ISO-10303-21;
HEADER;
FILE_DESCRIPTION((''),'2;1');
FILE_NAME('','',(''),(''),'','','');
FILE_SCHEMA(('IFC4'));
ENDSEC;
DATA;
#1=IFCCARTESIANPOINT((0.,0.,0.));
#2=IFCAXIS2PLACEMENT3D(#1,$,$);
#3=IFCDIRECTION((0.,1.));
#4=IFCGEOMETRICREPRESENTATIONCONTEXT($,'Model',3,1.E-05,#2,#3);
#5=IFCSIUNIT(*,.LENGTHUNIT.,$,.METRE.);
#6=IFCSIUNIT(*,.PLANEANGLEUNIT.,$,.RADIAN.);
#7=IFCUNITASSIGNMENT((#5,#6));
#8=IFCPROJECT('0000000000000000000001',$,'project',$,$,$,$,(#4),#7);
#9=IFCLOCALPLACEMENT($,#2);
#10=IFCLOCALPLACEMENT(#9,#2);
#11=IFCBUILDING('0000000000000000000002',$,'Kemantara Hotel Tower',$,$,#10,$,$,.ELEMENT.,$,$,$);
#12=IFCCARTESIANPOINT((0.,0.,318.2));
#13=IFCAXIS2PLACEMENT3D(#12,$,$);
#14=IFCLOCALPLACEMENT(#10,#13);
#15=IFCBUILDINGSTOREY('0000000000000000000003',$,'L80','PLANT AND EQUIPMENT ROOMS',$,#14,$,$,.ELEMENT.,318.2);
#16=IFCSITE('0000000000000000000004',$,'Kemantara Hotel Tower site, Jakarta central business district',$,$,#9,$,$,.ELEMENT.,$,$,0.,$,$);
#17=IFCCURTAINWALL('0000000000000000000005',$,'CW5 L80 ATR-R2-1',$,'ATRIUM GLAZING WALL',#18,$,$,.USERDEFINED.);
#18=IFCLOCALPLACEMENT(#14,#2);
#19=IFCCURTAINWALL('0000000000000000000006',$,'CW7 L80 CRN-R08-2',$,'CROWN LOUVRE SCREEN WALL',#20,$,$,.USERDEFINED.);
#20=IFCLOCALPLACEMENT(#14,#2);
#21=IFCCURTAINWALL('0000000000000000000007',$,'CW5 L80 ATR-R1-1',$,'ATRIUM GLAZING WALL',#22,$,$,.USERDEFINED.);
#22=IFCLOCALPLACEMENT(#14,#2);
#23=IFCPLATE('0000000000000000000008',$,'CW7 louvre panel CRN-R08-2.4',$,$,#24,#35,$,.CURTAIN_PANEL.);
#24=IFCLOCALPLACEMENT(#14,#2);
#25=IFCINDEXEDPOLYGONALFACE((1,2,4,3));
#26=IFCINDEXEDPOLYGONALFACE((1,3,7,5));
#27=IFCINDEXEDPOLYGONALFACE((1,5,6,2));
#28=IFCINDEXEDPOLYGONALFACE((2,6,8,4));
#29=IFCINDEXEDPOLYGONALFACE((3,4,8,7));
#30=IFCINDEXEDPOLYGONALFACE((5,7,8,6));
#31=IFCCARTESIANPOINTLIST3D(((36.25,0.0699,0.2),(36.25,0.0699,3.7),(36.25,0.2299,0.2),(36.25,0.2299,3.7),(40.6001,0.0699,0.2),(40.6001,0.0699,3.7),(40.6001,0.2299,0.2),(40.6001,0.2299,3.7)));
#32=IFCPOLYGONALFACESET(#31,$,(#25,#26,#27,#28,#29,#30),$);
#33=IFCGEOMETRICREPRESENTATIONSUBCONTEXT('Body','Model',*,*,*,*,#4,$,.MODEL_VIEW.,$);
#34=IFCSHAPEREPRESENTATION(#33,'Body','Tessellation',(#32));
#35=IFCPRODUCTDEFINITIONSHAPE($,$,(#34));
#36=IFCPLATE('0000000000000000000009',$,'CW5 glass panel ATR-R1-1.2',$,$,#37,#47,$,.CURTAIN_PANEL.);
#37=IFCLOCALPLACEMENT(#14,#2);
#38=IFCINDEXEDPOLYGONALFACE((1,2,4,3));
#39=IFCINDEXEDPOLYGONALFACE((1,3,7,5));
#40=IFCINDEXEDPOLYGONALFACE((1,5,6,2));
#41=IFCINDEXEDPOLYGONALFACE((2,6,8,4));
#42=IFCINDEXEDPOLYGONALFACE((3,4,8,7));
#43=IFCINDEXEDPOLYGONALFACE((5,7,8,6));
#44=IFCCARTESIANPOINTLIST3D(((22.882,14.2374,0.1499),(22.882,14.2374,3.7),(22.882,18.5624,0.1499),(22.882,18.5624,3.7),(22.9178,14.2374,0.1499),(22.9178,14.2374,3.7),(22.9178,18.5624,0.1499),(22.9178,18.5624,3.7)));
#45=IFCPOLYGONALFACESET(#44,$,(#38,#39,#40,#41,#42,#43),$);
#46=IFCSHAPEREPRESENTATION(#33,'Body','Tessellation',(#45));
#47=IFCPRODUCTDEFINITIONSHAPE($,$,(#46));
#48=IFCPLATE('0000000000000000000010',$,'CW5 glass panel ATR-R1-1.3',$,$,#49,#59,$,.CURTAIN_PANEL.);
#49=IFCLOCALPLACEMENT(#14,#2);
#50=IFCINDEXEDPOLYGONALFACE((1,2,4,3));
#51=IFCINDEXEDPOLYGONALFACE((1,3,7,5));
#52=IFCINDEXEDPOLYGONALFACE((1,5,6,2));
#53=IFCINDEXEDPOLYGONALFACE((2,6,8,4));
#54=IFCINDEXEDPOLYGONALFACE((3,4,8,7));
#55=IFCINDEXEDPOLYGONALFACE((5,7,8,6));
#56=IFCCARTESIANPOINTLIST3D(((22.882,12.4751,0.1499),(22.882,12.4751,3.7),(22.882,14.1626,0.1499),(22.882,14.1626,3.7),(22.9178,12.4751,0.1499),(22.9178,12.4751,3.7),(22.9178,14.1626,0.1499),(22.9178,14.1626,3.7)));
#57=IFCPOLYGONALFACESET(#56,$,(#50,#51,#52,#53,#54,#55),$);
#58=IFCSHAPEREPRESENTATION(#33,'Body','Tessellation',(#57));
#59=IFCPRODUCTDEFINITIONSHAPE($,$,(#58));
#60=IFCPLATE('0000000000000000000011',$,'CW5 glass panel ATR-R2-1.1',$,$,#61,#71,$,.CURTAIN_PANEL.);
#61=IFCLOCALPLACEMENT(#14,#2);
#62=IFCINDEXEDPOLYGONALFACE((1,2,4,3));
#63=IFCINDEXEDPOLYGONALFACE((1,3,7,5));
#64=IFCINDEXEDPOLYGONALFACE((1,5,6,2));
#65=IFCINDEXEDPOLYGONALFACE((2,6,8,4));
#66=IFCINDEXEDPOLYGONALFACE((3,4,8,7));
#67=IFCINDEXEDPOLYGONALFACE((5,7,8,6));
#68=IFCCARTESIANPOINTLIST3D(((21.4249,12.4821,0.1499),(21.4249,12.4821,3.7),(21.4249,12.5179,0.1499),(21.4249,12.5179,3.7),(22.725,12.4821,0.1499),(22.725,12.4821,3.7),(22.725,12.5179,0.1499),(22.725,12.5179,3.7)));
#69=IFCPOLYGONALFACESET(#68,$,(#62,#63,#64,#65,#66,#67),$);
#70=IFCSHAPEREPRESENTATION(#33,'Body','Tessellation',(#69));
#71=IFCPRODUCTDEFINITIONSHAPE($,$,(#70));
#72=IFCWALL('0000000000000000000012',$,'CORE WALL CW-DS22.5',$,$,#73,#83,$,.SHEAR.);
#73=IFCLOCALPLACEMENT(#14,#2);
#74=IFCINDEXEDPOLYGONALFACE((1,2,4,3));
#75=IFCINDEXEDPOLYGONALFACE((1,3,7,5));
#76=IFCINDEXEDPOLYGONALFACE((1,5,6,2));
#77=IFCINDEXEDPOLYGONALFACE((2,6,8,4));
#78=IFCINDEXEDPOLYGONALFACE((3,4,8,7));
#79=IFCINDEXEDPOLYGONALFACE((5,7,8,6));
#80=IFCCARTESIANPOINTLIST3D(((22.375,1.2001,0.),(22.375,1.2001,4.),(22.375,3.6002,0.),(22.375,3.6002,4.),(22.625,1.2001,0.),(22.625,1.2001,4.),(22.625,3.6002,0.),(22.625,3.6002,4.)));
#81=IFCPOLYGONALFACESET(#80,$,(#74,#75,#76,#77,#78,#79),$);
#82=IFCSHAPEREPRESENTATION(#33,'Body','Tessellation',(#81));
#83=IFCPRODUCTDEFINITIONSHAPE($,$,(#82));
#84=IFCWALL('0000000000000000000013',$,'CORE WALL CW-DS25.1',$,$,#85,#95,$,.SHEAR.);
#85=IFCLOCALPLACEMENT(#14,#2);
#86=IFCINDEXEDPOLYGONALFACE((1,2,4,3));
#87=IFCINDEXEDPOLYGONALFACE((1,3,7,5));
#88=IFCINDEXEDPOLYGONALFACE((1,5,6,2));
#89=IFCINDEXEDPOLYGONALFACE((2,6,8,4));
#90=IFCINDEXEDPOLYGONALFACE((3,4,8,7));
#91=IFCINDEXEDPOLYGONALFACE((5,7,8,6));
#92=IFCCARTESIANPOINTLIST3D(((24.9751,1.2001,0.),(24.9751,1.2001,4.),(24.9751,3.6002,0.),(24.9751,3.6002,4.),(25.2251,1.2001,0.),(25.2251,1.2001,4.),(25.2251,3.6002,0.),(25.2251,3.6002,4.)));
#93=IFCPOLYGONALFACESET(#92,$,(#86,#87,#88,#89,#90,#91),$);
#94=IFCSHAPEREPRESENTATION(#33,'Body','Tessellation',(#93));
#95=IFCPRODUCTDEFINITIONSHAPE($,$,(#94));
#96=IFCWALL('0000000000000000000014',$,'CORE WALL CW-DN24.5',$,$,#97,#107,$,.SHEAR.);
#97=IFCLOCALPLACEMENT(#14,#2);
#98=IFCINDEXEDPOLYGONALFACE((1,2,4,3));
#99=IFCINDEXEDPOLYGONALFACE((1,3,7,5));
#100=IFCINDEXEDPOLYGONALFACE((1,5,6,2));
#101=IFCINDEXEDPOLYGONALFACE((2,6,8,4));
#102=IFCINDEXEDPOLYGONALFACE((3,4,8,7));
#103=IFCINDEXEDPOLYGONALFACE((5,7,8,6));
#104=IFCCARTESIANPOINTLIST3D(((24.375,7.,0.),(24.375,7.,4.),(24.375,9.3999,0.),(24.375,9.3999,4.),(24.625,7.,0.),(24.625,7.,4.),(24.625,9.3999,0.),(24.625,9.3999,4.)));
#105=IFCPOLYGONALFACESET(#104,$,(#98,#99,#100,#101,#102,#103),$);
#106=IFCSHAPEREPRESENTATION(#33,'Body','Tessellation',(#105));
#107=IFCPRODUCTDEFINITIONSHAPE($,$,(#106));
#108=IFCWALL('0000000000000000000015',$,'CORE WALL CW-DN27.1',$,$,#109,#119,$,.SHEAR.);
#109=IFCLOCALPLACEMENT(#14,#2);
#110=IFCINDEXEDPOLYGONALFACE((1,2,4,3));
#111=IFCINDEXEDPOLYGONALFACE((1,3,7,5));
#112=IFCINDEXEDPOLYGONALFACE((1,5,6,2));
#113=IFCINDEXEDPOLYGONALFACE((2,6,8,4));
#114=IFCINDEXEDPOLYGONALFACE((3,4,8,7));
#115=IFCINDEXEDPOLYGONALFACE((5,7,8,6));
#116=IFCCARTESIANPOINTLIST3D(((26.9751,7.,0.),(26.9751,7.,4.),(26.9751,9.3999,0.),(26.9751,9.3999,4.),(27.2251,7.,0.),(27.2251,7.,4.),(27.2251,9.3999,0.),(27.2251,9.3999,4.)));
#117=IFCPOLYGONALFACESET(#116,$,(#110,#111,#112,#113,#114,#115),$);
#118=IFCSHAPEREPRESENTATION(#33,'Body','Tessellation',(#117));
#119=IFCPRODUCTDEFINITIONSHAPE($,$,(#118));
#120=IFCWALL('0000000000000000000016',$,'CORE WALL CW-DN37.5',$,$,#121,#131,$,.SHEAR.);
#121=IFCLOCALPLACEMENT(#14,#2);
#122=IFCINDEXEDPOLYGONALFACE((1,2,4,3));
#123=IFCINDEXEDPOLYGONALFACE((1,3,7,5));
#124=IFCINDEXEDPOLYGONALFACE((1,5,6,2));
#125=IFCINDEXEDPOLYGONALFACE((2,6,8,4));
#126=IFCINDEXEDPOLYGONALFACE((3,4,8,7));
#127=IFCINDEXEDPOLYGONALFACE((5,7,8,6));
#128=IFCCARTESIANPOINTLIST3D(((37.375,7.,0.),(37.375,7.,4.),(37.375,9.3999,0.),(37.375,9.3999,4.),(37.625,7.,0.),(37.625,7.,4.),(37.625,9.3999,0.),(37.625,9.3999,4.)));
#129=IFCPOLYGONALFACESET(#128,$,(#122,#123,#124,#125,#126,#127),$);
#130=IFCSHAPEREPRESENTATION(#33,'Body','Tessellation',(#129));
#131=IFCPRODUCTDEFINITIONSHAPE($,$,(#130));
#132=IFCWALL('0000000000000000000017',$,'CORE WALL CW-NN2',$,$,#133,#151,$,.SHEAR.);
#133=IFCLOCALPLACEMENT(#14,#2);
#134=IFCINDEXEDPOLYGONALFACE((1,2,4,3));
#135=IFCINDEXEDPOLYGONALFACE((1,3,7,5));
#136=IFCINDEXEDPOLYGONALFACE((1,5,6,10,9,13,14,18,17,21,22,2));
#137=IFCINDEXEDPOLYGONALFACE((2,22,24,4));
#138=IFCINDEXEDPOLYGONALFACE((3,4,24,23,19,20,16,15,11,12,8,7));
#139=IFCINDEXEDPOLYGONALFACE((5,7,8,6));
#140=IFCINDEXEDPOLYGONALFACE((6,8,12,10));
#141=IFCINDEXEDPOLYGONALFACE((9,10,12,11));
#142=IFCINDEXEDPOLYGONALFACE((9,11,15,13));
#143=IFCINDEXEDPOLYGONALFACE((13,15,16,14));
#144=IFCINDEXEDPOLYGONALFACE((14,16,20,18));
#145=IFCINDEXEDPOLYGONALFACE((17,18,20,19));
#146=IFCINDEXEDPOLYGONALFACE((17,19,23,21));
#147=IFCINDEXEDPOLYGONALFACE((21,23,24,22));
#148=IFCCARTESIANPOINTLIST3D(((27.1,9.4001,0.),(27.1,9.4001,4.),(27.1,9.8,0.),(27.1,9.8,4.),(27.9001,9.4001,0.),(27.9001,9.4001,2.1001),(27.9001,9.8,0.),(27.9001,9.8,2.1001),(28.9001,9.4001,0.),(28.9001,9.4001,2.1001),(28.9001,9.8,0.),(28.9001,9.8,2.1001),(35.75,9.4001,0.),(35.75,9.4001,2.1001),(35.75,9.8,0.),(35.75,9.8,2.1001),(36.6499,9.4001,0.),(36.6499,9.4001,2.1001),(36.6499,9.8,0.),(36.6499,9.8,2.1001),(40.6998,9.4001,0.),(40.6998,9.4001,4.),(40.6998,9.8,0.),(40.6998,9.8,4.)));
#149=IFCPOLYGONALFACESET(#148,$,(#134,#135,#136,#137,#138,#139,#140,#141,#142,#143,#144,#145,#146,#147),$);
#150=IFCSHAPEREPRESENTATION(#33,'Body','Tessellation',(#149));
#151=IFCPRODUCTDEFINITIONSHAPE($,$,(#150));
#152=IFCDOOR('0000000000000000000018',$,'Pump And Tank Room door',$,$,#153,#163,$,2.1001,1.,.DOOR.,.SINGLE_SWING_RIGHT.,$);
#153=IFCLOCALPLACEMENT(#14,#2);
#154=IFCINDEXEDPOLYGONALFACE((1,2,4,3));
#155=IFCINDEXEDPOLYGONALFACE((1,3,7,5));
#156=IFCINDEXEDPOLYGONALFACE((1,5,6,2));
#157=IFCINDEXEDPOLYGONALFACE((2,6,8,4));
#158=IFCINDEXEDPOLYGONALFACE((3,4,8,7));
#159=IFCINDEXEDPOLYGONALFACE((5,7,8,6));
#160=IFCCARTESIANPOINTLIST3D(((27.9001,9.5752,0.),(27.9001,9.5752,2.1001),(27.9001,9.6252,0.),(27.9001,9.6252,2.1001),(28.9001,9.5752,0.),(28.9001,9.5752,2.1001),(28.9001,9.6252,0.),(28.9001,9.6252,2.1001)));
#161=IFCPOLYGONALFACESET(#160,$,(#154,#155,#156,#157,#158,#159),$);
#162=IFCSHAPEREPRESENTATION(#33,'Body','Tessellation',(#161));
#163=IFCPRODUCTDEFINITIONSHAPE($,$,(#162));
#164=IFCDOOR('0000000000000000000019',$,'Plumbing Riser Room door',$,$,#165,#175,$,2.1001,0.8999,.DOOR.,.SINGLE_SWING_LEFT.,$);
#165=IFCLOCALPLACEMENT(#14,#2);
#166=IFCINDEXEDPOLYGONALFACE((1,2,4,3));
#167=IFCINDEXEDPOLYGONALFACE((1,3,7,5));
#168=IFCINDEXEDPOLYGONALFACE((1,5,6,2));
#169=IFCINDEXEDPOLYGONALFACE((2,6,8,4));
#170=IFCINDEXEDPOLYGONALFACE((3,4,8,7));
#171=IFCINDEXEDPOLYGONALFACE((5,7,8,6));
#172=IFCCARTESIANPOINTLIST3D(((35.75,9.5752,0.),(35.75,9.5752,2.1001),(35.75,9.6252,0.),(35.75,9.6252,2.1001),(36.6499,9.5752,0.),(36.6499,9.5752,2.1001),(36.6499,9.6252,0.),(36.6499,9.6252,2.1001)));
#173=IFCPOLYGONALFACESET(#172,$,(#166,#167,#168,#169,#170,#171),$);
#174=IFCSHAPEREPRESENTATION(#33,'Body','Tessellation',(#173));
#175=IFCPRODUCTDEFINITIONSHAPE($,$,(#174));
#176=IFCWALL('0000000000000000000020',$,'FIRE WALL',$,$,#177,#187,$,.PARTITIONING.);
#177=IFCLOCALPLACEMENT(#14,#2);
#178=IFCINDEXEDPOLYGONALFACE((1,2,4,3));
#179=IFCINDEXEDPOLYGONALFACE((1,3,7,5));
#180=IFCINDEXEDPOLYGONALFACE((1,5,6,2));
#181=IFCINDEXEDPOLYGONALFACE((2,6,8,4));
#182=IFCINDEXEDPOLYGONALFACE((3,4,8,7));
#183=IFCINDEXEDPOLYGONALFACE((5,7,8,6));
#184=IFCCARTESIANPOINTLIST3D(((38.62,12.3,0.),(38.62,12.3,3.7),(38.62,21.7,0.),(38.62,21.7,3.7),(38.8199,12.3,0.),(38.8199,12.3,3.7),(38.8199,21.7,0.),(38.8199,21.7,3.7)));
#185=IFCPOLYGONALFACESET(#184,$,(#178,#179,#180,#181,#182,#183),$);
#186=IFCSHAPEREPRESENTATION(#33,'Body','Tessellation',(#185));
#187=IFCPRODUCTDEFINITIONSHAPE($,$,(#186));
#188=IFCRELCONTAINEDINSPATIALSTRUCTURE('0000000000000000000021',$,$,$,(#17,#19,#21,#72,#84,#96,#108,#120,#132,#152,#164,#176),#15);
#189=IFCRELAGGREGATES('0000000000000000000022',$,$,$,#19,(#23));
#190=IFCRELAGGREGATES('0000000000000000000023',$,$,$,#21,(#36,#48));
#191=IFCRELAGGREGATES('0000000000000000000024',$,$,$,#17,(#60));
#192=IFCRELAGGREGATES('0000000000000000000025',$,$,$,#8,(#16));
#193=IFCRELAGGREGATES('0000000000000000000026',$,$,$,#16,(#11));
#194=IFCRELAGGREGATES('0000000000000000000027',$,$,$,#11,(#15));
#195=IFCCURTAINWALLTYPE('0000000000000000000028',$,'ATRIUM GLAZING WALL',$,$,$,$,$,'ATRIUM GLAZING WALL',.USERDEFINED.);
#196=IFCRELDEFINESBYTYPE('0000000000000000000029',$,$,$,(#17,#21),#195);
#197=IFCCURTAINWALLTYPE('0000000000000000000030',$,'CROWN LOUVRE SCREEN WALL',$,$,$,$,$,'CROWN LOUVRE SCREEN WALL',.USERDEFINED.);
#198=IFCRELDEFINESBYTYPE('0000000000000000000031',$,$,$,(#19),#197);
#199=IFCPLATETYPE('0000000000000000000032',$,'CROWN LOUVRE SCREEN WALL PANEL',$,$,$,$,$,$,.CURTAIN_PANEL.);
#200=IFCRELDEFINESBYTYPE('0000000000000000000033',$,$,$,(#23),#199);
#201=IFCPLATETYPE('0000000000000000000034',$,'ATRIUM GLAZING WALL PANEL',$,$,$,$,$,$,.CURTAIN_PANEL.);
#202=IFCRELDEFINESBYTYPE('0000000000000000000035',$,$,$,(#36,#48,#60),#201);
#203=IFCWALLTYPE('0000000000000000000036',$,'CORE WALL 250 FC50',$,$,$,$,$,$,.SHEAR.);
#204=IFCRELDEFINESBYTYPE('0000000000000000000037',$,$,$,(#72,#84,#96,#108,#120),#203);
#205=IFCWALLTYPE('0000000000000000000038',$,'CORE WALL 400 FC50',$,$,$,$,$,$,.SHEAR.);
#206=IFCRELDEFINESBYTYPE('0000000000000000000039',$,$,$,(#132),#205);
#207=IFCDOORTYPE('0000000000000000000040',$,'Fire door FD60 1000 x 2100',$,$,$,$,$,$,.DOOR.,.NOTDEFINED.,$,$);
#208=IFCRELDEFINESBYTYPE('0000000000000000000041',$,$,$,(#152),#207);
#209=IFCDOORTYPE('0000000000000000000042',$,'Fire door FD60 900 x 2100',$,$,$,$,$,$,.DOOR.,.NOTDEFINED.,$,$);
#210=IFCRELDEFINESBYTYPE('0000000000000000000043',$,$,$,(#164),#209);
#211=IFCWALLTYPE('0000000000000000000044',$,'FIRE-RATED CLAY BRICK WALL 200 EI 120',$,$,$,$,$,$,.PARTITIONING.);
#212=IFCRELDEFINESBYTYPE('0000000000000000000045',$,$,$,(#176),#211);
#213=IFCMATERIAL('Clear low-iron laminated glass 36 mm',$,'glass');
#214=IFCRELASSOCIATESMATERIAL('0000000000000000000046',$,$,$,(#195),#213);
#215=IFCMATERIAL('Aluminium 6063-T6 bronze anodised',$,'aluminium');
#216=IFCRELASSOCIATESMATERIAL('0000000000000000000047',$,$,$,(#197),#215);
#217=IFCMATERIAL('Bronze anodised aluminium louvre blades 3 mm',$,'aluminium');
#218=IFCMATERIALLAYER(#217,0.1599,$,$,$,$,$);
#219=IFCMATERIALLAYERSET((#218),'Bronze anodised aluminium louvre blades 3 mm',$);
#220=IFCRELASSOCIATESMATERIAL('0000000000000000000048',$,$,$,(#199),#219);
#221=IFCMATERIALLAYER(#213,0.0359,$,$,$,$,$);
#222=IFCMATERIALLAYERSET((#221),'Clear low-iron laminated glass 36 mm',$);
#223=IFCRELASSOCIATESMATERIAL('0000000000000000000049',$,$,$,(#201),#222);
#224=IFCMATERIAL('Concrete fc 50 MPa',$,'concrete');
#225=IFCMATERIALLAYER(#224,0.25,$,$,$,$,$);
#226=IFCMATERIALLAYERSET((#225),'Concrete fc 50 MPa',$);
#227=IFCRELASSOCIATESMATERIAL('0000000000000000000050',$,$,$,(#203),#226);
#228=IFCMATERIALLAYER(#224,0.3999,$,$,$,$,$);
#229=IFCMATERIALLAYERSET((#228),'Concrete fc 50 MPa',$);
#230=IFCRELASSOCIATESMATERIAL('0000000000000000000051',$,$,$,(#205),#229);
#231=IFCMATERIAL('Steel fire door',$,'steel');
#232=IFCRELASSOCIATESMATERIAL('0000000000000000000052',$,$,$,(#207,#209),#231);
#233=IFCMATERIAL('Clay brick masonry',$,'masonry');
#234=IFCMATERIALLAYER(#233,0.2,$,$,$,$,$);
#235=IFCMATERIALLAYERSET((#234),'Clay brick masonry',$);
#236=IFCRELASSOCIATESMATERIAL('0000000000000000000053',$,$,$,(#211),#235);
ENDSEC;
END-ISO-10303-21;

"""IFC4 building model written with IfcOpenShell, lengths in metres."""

from ifc_helpers import new_model, si_unit, direction, frame, frame_2d, origin, origin_2d, place, context, subcontext, project, spatial, rectangle, extrude, source, transform, mapped, material, layer, layer_set, type_object, element, fill, aggregate, save


model = new_model("IFC4")

# Units and contexts
model_context = context("Model", 3, precision=1e-05, world=origin(), true_north=direction((0.0, 1.0)))
body_context = subcontext(model_context, "Body", "Model", "MODEL_VIEW")
ifc_project = project(units=[si_unit("LENGTHUNIT", "METRE"), si_unit("PLANEANGLEUNIT", "RADIAN")], contexts=[model_context])

# Site, building, storey
site_placement = place(None, origin())
site = spatial("IfcSite", under=ifc_project, at=site_placement, Name="Kemantara Hotel Tower site, Jakarta central business district", CompositionType="ELEMENT", RefElevation=0.0)
building_placement = place(site_placement, origin())
building = spatial("IfcBuilding", under=site, at=building_placement, Name="Kemantara Hotel Tower", CompositionType="ELEMENT")
storey_placement = place(building_placement, frame((0.0, 0.0, 318.2)))
storey = spatial("IfcBuildingStorey", under=building, at=storey_placement, Name="L80", Description="PLANT AND EQUIPMENT ROOMS", CompositionType="ELEMENT", Elevation=318.2)

# Shared definitions
ifc_material_1 = material(Name="Concrete fc 50 MPa", Category="concrete")

# Curtain wall
ifc_material_2 = material(Name="Clear low-iron laminated glass 36 mm", Category="glass")
curtain_wall_type_1 = type_object("IfcCurtainWallType", Name="ATRIUM GLAZING WALL", ElementType="ATRIUM GLAZING WALL", PredefinedType="USERDEFINED", material=ifc_material_2)
curtain_wall_1_placement = place(storey_placement, origin())
curtain_wall_1 = element("IfcCurtainWall", 1, at=curtain_wall_1_placement, inside=storey, type_object=curtain_wall_type_1, Name="CW5 L80 ATR-R2-1", ObjectType="ATRIUM GLAZING WALL", PredefinedType="USERDEFINED")
ifc_material_3 = material(Name="Aluminium 6063-T6 bronze anodised", Category="aluminium")

# Curtain walls
curtain_wall_type_2 = type_object("IfcCurtainWallType", Name="CROWN LOUVRE SCREEN WALL", ElementType="CROWN LOUVRE SCREEN WALL", PredefinedType="USERDEFINED", material=ifc_material_3)
curtain_wall_2_placement = place(storey_placement, origin())
curtain_wall_2 = element("IfcCurtainWall", 2, at=curtain_wall_2_placement, inside=storey, type_object=curtain_wall_type_2, Name="CW7 L80 CRN-R08-2", ObjectType="CROWN LOUVRE SCREEN WALL", PredefinedType="USERDEFINED")
curtain_wall_3_placement = place(storey_placement, origin())
curtain_wall_3 = element("IfcCurtainWall", 3, at=curtain_wall_3_placement, inside=storey, type_object=curtain_wall_type_1, Name="CW5 L80 ATR-R1-1", ObjectType="ATRIUM GLAZING WALL", PredefinedType="USERDEFINED")

# Plates
ifc_material_4 = material(Name="Bronze anodised aluminium louvre blades 3 mm", Category="aluminium")
ifc_layer_1 = layer(ifc_material_4, 0.1599)
ifc_layer_set_1 = layer_set([ifc_layer_1], Name="Bronze anodised aluminium louvre blades 3 mm")
plate_type_1 = type_object("IfcPlateType", Name="CROWN LOUVRE SCREEN WALL PANEL", PredefinedType="CURTAIN_PANEL", material=ifc_layer_set_1)
shared_shape_1 = source(origin(), body_context, "Body", "SweptSolid", [
    extrude(rectangle(XDim=4.3501, YDim=0.1599, at=origin_2d()), origin(), (0.0, 0.0, 1.0), 3.5),
])
plate_1_placement = place(storey_placement, frame((38.425, 0.1499, 0.2), z_axis=(0.0, 0.0, 1.0), x_axis=(1.0, 0.0, 0.0)))
plate_1 = element("IfcPlate", 4, at=plate_1_placement, type_object=plate_type_1, Name="CW7 louvre panel CRN-R08-2.4", PredefinedType="CURTAIN_PANEL", context=body_context, shape_type="MappedRepresentation", body=[
    mapped(shared_shape_1, transform((0.0, 0.0, 0.0))),
])
aggregate(curtain_wall_2, [plate_1])
ifc_layer_2 = layer(ifc_material_2, 0.0359)
ifc_layer_set_2 = layer_set([ifc_layer_2], Name="Clear low-iron laminated glass 36 mm")
plate_type_2 = type_object("IfcPlateType", Name="ATRIUM GLAZING WALL PANEL", PredefinedType="CURTAIN_PANEL", material=ifc_layer_set_2)
shared_shape_2 = source(origin(), body_context, "Body", "SweptSolid", [
    extrude(rectangle(XDim=4.325, YDim=0.0359, at=origin_2d()), origin(), (0.0, 0.0, 1.0), 3.55),
])
plate_2_placement = place(storey_placement, frame((22.8999, 16.3999, 0.1499), z_axis=(0.0, 0.0, 1.0), x_axis=(0.0, -1.0, 0.0)))
plate_2 = element("IfcPlate", 5, at=plate_2_placement, type_object=plate_type_2, Name="CW5 glass panel ATR-R1-1.2", PredefinedType="CURTAIN_PANEL", context=body_context, shape_type="MappedRepresentation", body=[
    mapped(shared_shape_2, transform((0.0, 0.0, 0.0))),
])
shared_shape_3 = source(origin(), body_context, "Body", "SweptSolid", [
    extrude(rectangle(XDim=1.6875, YDim=0.0359, at=origin_2d()), origin(), (0.0, 0.0, 1.0), 3.55),
])
plate_3_placement = place(storey_placement, frame((22.8999, 13.3188, 0.1499), z_axis=(0.0, 0.0, 1.0), x_axis=(0.0, -1.0, 0.0)))
plate_3 = element("IfcPlate", 6, at=plate_3_placement, type_object=plate_type_2, Name="CW5 glass panel ATR-R1-1.3", PredefinedType="CURTAIN_PANEL", context=body_context, shape_type="MappedRepresentation", body=[
    mapped(shared_shape_3, transform((0.0, 0.0, 0.0))),
])
aggregate(curtain_wall_3, [plate_2, plate_3])
shared_shape_4 = source(origin(), body_context, "Body", "SweptSolid", [
    extrude(rectangle(XDim=1.3, YDim=0.0359, at=origin_2d()), origin(), (0.0, 0.0, 1.0), 3.55),
])
plate_4_placement = place(storey_placement, frame((22.075, 12.5, 0.1499), z_axis=(0.0, 0.0, 1.0), x_axis=(-1.0, 0.0, 0.0)))
plate_4 = element("IfcPlate", 7, at=plate_4_placement, type_object=plate_type_2, Name="CW5 glass panel ATR-R2-1.1", PredefinedType="CURTAIN_PANEL", context=body_context, shape_type="MappedRepresentation", body=[
    mapped(shared_shape_4, transform((0.0, 0.0, 0.0))),
])
aggregate(curtain_wall_1, [plate_4])

# Walls
ifc_layer_3 = layer(ifc_material_1, 0.25)
ifc_layer_set_3 = layer_set([ifc_layer_3], Name="Concrete fc 50 MPa")
wall_type_1 = type_object("IfcWallType", Name="CORE WALL 250 FC50", PredefinedType="SHEAR", material=ifc_layer_set_3)
for number, where, z_axis, x_axis, name in (
    (8, (22.5, 1.2, 0.0), (0.0, 0.0, 1.0), (0.0, 1.0, 0.0), "CORE WALL CW-DS22.5"),
    (9, (25.1001, 1.2, 0.0), (0.0, 0.0, 1.0), (0.0, 1.0, 0.0), "CORE WALL CW-DS25.1"),
):
    element("IfcWall", number, at=place(storey_placement, frame(where, z_axis=z_axis, x_axis=x_axis)), inside=storey, type_object=wall_type_1, Name=name, PredefinedType="SHEAR", context=body_context, shape_type="SweptSolid", body=[
        extrude(rectangle(XDim=2.4001, YDim=0.25, at=frame_2d((1.2002, 0.0))), origin(), (0.0, 0.0, 1.0), 4.0),
    ])
for number, where, z_axis, x_axis, name in (
    (10, (24.5, 7.0, 0.0), (0.0, 0.0, 1.0), (0.0, 1.0, 0.0), "CORE WALL CW-DN24.5"),
    (11, (27.1001, 7.0, 0.0), (0.0, 0.0, 1.0), (0.0, 1.0, 0.0), "CORE WALL CW-DN27.1"),
    (12, (37.5, 7.0, 0.0), (0.0, 0.0, 1.0), (0.0, 1.0, 0.0), "CORE WALL CW-DN37.5"),
):
    element("IfcWall", number, at=place(storey_placement, frame(where, z_axis=z_axis, x_axis=x_axis)), inside=storey, type_object=wall_type_1, Name=name, PredefinedType="SHEAR", context=body_context, shape_type="SweptSolid", body=[
        extrude(rectangle(XDim=2.3999, YDim=0.25, at=frame_2d((1.2, 0.0))), origin(), (0.0, 0.0, 1.0), 4.0),
    ])

# Wall, openings, doors
ifc_layer_4 = layer(ifc_material_1, 0.3999)
ifc_layer_set_4 = layer_set([ifc_layer_4], Name="Concrete fc 50 MPa")
wall_type_2 = type_object("IfcWallType", Name="CORE WALL 400 FC50", PredefinedType="SHEAR", material=ifc_layer_set_4)
wall_1_placement = place(storey_placement, frame((27.1001, 9.6001, 0.0), z_axis=(0.0, 0.0, 1.0), x_axis=(1.0, 0.0, 0.0)))
wall_1 = element("IfcWall", 13, at=wall_1_placement, inside=storey, type_object=wall_type_2, Name="CORE WALL CW-NN2", PredefinedType="SHEAR", context=body_context, shape_type="SweptSolid", body=[
    extrude(rectangle(XDim=13.5999, YDim=0.3999, at=frame_2d((6.7998, 0.0))), origin(), (0.0, 0.0, 1.0), 4.0),
])
opening_1_placement = place(wall_1_placement, frame((0.8, 0.0, 0.0)))
opening_1 = element("IfcOpeningElement", 14, at=opening_1_placement, cuts=wall_1, PredefinedType="OPENING", context=body_context, shape_type="SweptSolid", body=[
    extrude(rectangle(XDim=1.0, YDim=2.1001, at=frame_2d((0.5, 1.05))), frame((0.0, 0.21, 0.0), z_axis=(0.0, -1.0, 0.0), x_axis=(1.0, 0.0, 0.0)), (0.0, 0.0, 1.0), 0.4199),
])
opening_2_placement = place(wall_1_placement, frame((8.6499, 0.0, 0.0)))
opening_2 = element("IfcOpeningElement", 15, at=opening_2_placement, cuts=wall_1, PredefinedType="OPENING", context=body_context, shape_type="SweptSolid", body=[
    extrude(rectangle(XDim=0.8999, YDim=2.1001, at=frame_2d((0.45, 1.05))), frame((0.0, 0.21, 0.0), z_axis=(0.0, -1.0, 0.0), x_axis=(1.0, 0.0, 0.0)), (0.0, 0.0, 1.0), 0.4199),
])
ifc_material_5 = material(Name="Steel fire door", Category="steel")
door_type_1 = type_object("IfcDoorType", Name="Fire door FD60 1000 x 2100", OperationType="NOTDEFINED", PredefinedType="DOOR", material=ifc_material_5)
door_1_placement = place(opening_1_placement, frame((1.0, 0.0, 0.0), z_axis=(0.0, 0.0, 1.0), x_axis=(-1.0, 0.0, 0.0)))
door_1 = element("IfcDoor", 16, at=door_1_placement, inside=storey, type_object=door_type_1, Name="Pump And Tank Room door", OperationType="SINGLE_SWING_RIGHT", OverallHeight=2.1001, OverallWidth=1.0, PredefinedType="DOOR", context=body_context, shape_type="SweptSolid", body=[
    extrude(rectangle(XDim=1.0, YDim=2.1001, at=frame_2d((0.5, 1.05))), frame((0.0, 0.0249, 0.0), z_axis=(0.0, -1.0, 0.0), x_axis=(1.0, 0.0, 0.0)), (0.0, 0.0, 1.0), 0.05),
])
fill(opening_1, door_1)
door_type_2 = type_object("IfcDoorType", Name="Fire door FD60 900 x 2100", OperationType="NOTDEFINED", PredefinedType="DOOR", material=ifc_material_5)
door_2_placement = place(opening_2_placement, frame((0.8999, 0.0, 0.0), z_axis=(0.0, 0.0, 1.0), x_axis=(-1.0, 0.0, 0.0)))
door_2 = element("IfcDoor", 17, at=door_2_placement, inside=storey, type_object=door_type_2, Name="Plumbing Riser Room door", OperationType="SINGLE_SWING_LEFT", OverallHeight=2.1001, OverallWidth=0.8999, PredefinedType="DOOR", context=body_context, shape_type="SweptSolid", body=[
    extrude(rectangle(XDim=0.8999, YDim=2.1001, at=frame_2d((0.45, 1.05))), frame((0.0, 0.0249, 0.0), z_axis=(0.0, -1.0, 0.0), x_axis=(1.0, 0.0, 0.0)), (0.0, 0.0, 1.0), 0.05),
])
fill(opening_2, door_2)

# Wall
ifc_material_6 = material(Name="Clay brick masonry", Category="masonry")
ifc_layer_5 = layer(ifc_material_6, 0.2)
ifc_layer_set_5 = layer_set([ifc_layer_5], Name="Clay brick masonry")
wall_type_3 = type_object("IfcWallType", Name="FIRE-RATED CLAY BRICK WALL 200 EI 120", PredefinedType="PARTITIONING", material=ifc_layer_set_5)
wall_2_placement = place(storey_placement, frame((38.72, 12.3, 0.0), z_axis=(0.0, 0.0, 1.0), x_axis=(0.0, 1.0, 0.0)))
element("IfcWall", 18, at=wall_2_placement, inside=storey, type_object=wall_type_3, Name="FIRE WALL", PredefinedType="PARTITIONING", context=body_context, shape_type="SweptSolid", body=[
    extrude(rectangle(XDim=9.3999, YDim=0.2, at=frame_2d((4.7, 0.0))), origin(), (0.0, 0.0, 1.0), 3.7),
])

save(model, "model.ifc")
